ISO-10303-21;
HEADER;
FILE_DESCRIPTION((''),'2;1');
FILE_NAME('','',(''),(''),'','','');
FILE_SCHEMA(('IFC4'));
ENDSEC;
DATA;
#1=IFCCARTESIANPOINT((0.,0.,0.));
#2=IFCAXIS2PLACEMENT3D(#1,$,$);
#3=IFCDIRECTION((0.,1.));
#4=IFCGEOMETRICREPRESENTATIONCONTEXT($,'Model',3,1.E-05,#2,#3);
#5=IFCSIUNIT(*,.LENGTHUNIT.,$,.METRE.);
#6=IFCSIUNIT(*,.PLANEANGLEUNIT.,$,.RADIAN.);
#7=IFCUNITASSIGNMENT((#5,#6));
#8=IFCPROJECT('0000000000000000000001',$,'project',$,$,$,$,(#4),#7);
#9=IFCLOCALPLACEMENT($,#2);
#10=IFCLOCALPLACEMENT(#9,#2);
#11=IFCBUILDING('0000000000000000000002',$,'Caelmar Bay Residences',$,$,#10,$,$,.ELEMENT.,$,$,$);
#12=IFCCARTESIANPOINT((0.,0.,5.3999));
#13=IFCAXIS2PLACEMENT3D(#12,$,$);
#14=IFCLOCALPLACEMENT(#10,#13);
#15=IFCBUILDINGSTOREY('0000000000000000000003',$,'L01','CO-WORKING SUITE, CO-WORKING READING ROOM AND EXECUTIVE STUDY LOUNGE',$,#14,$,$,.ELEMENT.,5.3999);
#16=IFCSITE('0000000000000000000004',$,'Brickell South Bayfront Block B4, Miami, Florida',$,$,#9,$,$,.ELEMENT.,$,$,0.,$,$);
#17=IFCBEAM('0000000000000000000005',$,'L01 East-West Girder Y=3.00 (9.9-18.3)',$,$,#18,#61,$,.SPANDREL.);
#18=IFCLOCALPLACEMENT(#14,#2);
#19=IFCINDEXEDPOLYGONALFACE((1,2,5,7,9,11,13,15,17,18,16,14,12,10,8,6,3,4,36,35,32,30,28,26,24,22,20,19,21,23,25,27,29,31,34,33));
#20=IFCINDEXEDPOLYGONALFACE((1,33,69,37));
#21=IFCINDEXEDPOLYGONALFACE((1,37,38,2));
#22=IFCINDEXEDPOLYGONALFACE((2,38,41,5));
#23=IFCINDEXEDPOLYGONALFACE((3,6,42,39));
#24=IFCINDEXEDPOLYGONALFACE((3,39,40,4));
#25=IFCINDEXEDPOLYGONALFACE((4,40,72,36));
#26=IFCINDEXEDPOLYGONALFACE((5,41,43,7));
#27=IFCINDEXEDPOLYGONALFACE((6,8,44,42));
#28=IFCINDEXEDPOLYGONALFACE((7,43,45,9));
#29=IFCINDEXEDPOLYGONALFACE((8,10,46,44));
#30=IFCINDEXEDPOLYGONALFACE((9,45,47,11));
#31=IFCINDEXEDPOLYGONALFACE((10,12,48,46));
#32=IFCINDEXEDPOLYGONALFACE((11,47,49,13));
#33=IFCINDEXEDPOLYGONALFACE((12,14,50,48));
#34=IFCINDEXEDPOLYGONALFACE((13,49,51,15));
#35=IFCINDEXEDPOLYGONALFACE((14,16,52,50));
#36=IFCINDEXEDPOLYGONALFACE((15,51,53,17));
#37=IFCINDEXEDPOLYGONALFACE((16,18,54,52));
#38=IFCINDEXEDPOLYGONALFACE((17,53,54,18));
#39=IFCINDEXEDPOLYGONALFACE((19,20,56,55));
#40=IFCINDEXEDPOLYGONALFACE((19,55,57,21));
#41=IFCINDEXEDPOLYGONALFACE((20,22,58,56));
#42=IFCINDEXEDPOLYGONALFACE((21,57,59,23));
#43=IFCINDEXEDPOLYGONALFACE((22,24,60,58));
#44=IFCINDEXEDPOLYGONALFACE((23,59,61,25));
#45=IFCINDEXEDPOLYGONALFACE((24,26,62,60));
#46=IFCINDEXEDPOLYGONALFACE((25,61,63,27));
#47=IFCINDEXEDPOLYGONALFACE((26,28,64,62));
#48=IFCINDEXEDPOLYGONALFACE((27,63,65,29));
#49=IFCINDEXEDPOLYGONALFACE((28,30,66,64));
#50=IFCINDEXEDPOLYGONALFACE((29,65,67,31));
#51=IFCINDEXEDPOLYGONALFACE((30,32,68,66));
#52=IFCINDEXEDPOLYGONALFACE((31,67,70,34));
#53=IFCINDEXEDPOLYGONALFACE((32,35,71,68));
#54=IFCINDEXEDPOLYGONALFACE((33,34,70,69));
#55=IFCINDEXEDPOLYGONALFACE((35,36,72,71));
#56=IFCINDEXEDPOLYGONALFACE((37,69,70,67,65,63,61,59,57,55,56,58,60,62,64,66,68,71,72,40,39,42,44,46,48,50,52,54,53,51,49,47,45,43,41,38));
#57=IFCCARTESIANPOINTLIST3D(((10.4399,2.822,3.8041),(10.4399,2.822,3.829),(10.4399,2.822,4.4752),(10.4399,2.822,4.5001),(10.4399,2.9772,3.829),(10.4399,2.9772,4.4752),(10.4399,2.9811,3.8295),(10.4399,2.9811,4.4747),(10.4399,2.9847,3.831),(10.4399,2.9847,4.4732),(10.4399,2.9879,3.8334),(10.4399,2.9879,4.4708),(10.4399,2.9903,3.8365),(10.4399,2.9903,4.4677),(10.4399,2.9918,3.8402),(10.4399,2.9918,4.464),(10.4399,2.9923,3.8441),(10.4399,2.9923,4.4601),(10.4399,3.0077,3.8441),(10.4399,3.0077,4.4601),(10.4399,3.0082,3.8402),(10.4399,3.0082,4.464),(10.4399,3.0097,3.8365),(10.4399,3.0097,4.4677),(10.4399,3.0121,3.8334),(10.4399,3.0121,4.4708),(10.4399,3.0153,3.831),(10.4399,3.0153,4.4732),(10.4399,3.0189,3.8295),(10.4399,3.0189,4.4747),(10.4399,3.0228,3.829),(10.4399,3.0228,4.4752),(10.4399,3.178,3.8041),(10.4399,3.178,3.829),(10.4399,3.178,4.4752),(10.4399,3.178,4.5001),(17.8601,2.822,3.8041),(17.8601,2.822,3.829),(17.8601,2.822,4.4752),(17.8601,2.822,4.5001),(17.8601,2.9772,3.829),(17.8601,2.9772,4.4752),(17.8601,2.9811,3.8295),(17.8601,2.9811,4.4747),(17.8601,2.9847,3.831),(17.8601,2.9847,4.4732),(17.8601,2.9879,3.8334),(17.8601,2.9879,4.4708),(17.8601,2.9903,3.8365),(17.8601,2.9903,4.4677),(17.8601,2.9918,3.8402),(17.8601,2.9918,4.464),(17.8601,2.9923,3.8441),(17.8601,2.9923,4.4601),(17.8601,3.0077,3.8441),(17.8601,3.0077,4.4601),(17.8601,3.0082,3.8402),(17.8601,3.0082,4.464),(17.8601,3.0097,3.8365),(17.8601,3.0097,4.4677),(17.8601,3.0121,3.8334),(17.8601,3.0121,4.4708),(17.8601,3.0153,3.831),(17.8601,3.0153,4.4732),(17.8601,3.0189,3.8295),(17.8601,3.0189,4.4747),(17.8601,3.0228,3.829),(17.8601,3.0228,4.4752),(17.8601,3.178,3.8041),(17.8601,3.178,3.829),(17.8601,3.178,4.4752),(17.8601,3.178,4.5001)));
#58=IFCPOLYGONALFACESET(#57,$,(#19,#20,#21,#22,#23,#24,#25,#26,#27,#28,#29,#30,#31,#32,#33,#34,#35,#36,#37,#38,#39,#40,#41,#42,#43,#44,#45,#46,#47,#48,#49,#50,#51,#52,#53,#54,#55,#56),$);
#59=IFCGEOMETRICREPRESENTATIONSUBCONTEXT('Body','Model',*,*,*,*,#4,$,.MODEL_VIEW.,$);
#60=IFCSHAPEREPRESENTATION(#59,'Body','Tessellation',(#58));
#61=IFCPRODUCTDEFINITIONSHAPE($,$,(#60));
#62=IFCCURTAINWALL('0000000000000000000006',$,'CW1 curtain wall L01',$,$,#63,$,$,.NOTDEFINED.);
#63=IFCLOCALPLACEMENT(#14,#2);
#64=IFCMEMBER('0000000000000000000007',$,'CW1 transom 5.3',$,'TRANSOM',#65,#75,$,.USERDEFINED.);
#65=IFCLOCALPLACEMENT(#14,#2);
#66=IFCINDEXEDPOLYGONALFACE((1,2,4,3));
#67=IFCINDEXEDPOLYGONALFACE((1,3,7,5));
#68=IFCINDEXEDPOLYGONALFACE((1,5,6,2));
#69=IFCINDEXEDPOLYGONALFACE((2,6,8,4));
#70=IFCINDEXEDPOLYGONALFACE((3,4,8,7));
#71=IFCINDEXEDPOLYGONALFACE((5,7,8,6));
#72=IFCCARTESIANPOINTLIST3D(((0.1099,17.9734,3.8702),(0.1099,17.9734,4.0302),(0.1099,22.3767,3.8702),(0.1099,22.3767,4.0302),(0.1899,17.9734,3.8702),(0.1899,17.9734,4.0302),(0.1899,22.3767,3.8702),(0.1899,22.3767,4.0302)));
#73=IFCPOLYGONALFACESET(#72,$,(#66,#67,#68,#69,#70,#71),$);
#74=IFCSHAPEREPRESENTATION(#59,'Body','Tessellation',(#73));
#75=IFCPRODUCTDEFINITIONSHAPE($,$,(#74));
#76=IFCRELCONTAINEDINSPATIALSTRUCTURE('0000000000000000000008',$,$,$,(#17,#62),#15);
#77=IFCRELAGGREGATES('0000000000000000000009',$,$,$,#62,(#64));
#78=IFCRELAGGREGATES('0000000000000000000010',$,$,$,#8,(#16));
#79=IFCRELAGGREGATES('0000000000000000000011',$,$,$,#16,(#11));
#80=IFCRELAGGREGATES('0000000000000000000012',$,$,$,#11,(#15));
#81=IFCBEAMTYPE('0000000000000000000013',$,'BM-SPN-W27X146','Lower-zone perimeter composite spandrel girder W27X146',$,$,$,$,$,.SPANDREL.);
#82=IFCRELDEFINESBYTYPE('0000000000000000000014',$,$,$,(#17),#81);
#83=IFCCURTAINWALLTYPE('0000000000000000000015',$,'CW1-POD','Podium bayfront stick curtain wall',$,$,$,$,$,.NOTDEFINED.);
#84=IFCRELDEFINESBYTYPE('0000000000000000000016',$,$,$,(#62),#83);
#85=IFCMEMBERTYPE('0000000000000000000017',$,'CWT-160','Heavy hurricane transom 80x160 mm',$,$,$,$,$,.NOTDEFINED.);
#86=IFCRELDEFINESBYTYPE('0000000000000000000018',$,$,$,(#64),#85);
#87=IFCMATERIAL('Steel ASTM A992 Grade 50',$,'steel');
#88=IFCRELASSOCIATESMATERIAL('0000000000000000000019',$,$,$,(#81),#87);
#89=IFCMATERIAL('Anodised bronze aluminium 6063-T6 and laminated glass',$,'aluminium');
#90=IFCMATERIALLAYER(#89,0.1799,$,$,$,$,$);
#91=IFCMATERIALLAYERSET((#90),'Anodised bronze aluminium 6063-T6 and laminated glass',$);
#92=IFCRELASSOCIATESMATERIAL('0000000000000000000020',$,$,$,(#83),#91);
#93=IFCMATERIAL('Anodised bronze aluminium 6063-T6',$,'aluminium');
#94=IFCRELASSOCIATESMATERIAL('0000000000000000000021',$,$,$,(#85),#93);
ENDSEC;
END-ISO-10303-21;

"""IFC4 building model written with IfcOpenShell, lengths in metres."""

from ifc_helpers import new_model, si_unit, direction, frame, origin, origin_2d, place, context, subcontext, project, spatial, rectangle, i_section, extrude, material, layer, layer_set, material_profile, profile_set, type_object, element, aggregate, save


model = new_model("IFC4")

# Units and contexts
model_context = context("Model", 3, precision=1e-05, world=origin(), true_north=direction((0.0, 1.0)))
body_context = subcontext(model_context, "Body", "Model", "MODEL_VIEW")
ifc_project = project(units=[si_unit("LENGTHUNIT", "METRE"), si_unit("PLANEANGLEUNIT", "RADIAN")], contexts=[model_context])

# Site, building, storey
site_placement = place(None, origin())
site = spatial("IfcSite", under=ifc_project, at=site_placement, Name="Brickell South Bayfront Block B4, Miami, Florida", CompositionType="ELEMENT", RefElevation=0.0)
building_placement = place(site_placement, origin())
building = spatial("IfcBuilding", under=site, at=building_placement, Name="Caelmar Bay Residences", CompositionType="ELEMENT")
storey_placement = place(building_placement, frame((0.0, 0.0, 5.3999)))
storey = spatial("IfcBuildingStorey", under=building, at=storey_placement, Name="L01", Description="CO-WORKING SUITE, CO-WORKING READING ROOM AND EXECUTIVE STUDY LOUNGE", CompositionType="ELEMENT", Elevation=5.3999)

# Beam
ifc_material_1 = material(Name="Steel ASTM A992 Grade 50", Category="steel")
ifc_material_profile_1 = material_profile(ifc_material_1, i_section(OverallWidth=0.356, OverallDepth=0.696, WebThickness=0.0154, FlangeThickness=0.0249, FilletRadius=0.0151, at=origin_2d()), Name="W27X146")
ifc_profile_set_1 = profile_set([ifc_material_profile_1], Name="Steel ASTM A992 Grade 50")
beam_type_1 = type_object("IfcBeamType", Name="BM-SPN-W27X146", Description="Lower-zone perimeter composite spandrel girder W27X146", PredefinedType="SPANDREL", material=ifc_profile_set_1)
beam_1_placement = place(storey_placement, frame((10.4399, 3.0, 4.1521), z_axis=(1.0, 0.0, 0.0), x_axis=(0.0, 1.0, 0.0)))
element("IfcBeam", 1, at=beam_1_placement, inside=storey, type_object=beam_type_1, Name="L01 East-West Girder Y=3.00 (9.9-18.3)", PredefinedType="SPANDREL", context=body_context, shape_type="SweptSolid", body=[
    extrude(i_section(OverallWidth=0.356, OverallDepth=0.696, WebThickness=0.0154, FlangeThickness=0.0249, FilletRadius=0.0151, at=origin_2d()), origin(), (0.0, 0.0, 1.0), 7.4202),
])

# Curtain wall, member
ifc_material_2 = material(Name="Anodised bronze aluminium 6063-T6 and laminated glass", Category="aluminium")
ifc_layer = layer(ifc_material_2, 0.1799)
ifc_layer_set = layer_set([ifc_layer], Name="Anodised bronze aluminium 6063-T6 and laminated glass")
curtain_wall_type = type_object("IfcCurtainWallType", Name="CW1-POD", Description="Podium bayfront stick curtain wall", PredefinedType="NOTDEFINED", material=ifc_layer_set)
curtain_wall_placement = place(storey_placement, origin())
curtain_wall = element("IfcCurtainWall", 2, at=curtain_wall_placement, inside=storey, type_object=curtain_wall_type, Name="CW1 curtain wall L01", PredefinedType="NOTDEFINED")
ifc_material_3 = material(Name="Anodised bronze aluminium 6063-T6", Category="aluminium")
ifc_material_profile_2 = material_profile(ifc_material_3, rectangle(XDim=0.0801, YDim=0.1599, at=origin_2d()), Name="CWT-80X160")
ifc_profile_set_2 = profile_set([ifc_material_profile_2], Name="Anodised bronze aluminium 6063-T6")
member_type = type_object("IfcMemberType", Name="CWT-160", Description="Heavy hurricane transom 80x160 mm", PredefinedType="NOTDEFINED", material=ifc_profile_set_2)
member_placement = place(storey_placement, frame((0.1499, 17.9734, 3.9502), z_axis=(0.0, 1.0, 0.0), x_axis=(-1.0, 0.0, 0.0)))
member = element("IfcMember", 3, at=member_placement, type_object=member_type, Name="CW1 transom 5.3", ObjectType="TRANSOM", PredefinedType="USERDEFINED", context=body_context, shape_type="SweptSolid", body=[
    extrude(rectangle(XDim=0.0801, YDim=0.1599, at=origin_2d()), origin(), (0.0, 0.0, 1.0), 4.4033),
])
aggregate(curtain_wall, [member])

save(model, "model.ifc")
